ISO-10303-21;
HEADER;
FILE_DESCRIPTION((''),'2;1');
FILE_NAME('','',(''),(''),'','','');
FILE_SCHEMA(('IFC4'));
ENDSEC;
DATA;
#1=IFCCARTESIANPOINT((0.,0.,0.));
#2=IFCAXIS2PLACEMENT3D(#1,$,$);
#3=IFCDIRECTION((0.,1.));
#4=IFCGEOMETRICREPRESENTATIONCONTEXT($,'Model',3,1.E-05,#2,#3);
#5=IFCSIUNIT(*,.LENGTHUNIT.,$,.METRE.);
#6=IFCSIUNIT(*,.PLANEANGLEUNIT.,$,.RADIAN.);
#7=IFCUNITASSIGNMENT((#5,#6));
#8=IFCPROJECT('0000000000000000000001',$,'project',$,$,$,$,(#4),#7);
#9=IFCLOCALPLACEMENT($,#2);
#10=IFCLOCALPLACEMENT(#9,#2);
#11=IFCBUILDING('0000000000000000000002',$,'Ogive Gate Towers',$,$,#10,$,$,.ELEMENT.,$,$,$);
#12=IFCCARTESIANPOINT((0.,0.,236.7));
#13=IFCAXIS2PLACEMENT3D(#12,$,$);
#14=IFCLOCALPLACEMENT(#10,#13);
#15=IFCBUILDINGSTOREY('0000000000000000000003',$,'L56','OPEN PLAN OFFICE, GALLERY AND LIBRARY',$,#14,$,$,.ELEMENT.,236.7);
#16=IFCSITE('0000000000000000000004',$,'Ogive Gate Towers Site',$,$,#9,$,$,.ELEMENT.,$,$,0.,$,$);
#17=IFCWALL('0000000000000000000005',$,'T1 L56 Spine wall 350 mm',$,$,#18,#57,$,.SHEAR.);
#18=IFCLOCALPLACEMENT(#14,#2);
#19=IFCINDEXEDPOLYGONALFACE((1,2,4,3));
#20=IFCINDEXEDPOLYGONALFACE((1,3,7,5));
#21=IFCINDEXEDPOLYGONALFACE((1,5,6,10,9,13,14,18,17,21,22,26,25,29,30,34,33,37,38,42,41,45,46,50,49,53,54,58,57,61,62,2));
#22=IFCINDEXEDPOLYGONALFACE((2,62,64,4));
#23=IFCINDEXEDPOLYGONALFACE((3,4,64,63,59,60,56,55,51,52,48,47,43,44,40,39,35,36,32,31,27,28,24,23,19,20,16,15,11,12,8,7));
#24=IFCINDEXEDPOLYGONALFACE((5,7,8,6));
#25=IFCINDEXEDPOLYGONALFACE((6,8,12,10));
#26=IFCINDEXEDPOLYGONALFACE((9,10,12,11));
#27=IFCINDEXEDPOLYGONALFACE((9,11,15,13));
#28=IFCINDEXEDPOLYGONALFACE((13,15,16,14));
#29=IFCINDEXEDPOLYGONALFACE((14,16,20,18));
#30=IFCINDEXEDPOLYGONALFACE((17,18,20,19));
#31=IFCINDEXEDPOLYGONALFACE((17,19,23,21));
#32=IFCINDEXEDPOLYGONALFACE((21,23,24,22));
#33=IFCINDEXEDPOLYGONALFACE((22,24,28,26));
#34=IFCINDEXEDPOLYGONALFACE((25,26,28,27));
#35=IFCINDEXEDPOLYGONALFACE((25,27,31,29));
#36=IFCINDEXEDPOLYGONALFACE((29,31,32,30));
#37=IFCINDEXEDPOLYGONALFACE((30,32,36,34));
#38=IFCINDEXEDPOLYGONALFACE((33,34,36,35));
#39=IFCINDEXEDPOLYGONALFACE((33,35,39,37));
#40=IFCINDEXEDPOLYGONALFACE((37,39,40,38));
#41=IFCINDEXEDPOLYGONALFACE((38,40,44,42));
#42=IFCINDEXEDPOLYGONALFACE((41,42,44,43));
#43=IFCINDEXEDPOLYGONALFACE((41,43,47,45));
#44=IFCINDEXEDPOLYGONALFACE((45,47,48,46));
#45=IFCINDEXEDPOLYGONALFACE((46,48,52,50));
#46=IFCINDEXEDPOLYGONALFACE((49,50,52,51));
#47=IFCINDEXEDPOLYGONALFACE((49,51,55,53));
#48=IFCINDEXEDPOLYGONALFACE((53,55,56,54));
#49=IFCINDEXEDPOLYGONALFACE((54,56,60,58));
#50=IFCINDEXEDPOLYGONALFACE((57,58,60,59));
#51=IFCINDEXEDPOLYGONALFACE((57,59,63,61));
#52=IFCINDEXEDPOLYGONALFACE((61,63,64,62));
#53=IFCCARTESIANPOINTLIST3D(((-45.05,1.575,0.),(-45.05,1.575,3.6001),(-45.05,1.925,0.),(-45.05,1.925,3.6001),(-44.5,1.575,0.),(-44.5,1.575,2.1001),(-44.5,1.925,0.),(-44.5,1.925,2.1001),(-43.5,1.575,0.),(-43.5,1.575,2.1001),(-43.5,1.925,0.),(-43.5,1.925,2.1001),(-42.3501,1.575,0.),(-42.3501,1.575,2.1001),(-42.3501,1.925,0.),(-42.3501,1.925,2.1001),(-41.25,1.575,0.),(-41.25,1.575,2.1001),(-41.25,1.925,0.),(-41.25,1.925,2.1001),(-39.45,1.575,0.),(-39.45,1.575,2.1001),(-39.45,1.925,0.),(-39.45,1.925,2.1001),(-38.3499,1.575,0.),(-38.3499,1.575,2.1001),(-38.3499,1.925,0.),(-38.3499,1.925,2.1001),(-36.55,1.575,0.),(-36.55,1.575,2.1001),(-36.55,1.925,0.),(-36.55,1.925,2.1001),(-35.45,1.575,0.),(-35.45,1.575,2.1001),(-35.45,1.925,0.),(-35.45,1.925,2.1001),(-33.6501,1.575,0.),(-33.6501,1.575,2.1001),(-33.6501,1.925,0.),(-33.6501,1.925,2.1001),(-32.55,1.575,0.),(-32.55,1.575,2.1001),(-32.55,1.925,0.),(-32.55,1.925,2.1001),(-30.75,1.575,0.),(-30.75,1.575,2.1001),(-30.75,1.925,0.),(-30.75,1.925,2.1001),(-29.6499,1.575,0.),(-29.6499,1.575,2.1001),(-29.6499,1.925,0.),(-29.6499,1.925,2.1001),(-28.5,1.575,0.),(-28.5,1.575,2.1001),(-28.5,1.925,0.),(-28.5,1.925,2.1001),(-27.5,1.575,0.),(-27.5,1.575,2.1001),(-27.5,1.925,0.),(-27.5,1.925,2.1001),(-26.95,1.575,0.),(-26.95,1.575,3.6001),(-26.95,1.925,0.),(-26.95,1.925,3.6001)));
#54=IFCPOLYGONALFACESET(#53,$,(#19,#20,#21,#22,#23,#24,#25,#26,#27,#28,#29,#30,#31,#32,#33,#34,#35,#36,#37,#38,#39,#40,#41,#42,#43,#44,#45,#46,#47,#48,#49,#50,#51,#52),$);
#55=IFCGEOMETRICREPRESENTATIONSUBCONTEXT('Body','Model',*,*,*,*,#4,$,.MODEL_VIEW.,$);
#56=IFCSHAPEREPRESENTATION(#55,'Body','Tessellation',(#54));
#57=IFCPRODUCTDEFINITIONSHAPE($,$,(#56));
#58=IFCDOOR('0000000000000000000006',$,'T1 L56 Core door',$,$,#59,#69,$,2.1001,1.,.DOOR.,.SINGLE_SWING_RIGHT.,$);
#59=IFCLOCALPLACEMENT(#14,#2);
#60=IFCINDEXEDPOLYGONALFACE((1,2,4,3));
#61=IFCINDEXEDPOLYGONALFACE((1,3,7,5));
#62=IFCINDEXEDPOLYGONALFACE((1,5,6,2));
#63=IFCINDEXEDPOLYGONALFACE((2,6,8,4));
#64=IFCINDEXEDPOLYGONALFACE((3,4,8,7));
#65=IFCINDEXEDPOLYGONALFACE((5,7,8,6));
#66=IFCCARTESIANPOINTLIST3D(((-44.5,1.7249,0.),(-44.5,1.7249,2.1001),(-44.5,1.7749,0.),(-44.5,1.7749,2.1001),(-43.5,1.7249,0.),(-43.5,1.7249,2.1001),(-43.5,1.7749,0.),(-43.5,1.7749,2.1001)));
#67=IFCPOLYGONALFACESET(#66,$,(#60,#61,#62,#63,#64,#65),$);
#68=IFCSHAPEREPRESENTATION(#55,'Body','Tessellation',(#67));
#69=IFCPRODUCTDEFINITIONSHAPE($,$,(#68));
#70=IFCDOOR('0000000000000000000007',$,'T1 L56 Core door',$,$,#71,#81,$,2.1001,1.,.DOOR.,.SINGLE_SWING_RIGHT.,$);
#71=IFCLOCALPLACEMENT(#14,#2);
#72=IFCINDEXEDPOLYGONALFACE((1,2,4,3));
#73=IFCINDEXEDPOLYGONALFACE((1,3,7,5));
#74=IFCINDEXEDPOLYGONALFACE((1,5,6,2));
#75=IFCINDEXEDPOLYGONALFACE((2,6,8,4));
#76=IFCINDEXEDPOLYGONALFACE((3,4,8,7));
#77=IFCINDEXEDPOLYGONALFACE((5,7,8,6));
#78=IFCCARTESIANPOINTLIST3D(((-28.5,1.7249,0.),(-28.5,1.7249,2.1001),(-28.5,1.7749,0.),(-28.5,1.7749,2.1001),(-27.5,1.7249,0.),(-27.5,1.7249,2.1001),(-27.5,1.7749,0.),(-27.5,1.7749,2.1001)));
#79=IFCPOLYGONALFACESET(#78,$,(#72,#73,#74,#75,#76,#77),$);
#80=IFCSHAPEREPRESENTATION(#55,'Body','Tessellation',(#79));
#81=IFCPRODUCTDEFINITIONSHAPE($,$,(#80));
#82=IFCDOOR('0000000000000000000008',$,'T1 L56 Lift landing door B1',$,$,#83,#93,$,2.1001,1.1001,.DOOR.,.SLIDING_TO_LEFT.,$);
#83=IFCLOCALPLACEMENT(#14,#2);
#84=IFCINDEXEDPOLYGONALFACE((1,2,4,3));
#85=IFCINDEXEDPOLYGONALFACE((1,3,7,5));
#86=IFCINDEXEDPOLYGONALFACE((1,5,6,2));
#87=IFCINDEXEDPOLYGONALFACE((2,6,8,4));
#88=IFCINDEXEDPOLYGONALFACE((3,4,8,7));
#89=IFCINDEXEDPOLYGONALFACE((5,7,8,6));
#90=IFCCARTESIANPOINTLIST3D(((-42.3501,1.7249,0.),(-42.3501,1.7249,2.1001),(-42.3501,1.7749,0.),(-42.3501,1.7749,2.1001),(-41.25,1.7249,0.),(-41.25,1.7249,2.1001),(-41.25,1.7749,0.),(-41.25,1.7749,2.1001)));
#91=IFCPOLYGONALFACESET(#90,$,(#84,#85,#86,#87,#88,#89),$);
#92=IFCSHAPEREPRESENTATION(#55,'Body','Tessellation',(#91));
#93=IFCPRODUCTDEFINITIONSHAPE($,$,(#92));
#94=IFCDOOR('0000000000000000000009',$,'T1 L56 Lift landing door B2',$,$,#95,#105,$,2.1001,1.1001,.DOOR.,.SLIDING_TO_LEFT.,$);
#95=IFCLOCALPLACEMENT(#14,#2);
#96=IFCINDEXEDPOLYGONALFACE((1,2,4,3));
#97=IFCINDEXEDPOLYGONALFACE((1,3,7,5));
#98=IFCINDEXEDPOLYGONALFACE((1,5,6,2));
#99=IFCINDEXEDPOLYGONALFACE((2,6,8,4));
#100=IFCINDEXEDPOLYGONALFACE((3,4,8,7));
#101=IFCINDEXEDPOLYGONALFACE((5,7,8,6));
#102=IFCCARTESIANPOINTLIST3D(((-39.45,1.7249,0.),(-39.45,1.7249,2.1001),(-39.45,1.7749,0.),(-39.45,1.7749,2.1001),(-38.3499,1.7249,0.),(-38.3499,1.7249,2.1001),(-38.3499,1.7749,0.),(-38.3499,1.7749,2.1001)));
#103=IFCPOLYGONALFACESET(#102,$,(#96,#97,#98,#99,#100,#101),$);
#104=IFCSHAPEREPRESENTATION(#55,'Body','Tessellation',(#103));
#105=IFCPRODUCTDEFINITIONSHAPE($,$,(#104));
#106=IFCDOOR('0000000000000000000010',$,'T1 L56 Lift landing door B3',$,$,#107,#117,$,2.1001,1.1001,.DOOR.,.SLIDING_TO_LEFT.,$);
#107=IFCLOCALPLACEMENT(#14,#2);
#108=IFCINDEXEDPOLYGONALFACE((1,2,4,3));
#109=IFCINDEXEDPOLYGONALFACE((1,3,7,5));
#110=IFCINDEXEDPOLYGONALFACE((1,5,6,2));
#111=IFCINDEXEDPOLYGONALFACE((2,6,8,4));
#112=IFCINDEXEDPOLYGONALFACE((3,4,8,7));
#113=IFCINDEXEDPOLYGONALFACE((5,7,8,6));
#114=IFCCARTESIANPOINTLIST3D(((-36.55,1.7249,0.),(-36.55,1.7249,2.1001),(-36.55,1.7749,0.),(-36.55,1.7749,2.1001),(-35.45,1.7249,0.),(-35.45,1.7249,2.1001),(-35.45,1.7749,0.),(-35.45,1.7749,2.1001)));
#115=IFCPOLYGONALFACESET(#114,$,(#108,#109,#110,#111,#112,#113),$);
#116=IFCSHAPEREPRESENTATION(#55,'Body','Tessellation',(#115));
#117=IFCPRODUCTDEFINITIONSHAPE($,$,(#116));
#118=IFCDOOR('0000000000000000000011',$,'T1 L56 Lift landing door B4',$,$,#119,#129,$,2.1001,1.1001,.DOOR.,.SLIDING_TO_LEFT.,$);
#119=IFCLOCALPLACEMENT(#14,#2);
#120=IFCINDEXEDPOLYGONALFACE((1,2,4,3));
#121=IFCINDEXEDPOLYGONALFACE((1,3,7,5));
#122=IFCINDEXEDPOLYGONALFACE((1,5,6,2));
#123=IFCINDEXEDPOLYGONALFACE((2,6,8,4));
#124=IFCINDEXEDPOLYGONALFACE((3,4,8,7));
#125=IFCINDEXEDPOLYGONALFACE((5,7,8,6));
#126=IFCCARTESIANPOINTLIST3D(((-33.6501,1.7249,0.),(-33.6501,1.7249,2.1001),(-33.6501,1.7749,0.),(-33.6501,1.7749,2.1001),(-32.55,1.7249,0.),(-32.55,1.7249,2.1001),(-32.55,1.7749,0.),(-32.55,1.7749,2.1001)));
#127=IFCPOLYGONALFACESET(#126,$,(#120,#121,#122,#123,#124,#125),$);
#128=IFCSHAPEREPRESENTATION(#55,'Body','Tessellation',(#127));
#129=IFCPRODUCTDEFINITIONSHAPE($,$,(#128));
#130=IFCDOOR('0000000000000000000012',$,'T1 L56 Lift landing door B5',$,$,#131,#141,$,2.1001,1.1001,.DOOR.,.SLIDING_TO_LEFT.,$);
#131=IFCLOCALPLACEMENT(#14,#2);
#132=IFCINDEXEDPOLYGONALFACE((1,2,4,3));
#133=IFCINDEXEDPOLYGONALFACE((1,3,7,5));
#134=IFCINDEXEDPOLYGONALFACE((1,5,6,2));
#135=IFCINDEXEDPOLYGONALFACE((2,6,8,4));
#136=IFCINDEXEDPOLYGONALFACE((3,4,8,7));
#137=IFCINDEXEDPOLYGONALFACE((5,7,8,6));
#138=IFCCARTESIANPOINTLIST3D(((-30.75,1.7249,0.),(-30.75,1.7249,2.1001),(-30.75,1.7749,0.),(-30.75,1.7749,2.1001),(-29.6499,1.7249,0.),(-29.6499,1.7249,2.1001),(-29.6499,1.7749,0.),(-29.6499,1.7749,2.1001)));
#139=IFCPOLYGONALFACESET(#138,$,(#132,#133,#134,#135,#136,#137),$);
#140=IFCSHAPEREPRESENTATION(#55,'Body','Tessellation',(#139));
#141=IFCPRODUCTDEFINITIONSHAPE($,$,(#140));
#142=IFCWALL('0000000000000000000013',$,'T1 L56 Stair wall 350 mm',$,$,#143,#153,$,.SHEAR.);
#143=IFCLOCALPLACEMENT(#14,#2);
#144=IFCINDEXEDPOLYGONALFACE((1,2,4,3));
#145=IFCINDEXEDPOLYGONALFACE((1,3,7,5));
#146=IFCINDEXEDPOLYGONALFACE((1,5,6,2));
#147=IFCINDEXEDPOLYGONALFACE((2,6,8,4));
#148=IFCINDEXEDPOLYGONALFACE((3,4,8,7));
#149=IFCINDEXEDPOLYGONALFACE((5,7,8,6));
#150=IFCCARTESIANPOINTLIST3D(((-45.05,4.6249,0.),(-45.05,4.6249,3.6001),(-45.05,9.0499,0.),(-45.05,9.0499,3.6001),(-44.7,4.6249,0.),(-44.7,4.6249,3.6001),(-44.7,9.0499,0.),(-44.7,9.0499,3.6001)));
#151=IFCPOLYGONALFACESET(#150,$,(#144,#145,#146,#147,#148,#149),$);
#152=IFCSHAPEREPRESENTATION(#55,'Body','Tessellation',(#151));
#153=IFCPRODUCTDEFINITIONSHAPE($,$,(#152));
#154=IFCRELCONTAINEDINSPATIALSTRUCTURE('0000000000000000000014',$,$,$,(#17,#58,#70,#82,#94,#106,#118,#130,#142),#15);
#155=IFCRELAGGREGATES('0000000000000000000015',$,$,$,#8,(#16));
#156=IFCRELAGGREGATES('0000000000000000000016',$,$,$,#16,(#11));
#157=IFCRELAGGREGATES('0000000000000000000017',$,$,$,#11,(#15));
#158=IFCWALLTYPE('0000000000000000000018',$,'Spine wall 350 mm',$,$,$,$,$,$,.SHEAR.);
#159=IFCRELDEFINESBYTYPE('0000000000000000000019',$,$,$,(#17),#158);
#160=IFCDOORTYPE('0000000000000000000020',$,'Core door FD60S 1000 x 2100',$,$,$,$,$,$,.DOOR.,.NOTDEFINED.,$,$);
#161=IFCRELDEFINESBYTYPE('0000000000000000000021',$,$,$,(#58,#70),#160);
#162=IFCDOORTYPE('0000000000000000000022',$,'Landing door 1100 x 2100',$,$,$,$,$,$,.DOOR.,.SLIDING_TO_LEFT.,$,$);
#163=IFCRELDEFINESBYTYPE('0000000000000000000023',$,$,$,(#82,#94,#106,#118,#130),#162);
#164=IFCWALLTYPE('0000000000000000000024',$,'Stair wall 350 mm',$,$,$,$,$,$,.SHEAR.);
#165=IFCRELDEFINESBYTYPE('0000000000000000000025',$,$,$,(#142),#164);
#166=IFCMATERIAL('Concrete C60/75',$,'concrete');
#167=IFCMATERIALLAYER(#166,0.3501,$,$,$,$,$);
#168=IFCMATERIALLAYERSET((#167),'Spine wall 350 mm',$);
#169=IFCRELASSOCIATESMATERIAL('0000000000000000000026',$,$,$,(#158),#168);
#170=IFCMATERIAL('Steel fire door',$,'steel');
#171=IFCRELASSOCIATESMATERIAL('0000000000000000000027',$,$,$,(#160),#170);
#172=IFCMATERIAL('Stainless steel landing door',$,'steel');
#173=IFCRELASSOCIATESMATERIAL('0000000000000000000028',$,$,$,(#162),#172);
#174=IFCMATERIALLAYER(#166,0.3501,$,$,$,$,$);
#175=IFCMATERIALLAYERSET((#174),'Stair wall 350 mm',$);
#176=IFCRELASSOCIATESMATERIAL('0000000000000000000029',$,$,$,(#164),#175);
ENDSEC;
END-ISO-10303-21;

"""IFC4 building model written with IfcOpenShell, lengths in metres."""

from ifc_helpers import new_model, si_unit, direction, frame, frame_2d, origin, place, context, subcontext, project, spatial, rectangle, extrude, material, layer, layer_set, type_object, element, fill, save


model = new_model("IFC4")

# Units and contexts
model_context = context("Model", 3, precision=1e-05, world=origin(), true_north=direction((0.0, 1.0)))
body_context = subcontext(model_context, "Body", "Model", "MODEL_VIEW")
ifc_project = project(units=[si_unit("LENGTHUNIT", "METRE"), si_unit("PLANEANGLEUNIT", "RADIAN")], contexts=[model_context])

# Site, building, storey
site_placement = place(None, origin())
site = spatial("IfcSite", under=ifc_project, at=site_placement, Name="Ogive Gate Towers Site", CompositionType="ELEMENT", RefElevation=0.0)
building_placement = place(site_placement, origin())
building = spatial("IfcBuilding", under=site, at=building_placement, Name="Ogive Gate Towers", CompositionType="ELEMENT")
storey_placement = place(building_placement, frame((0.0, 0.0, 236.7)))
storey = spatial("IfcBuildingStorey", under=building, at=storey_placement, Name="L56", Description="OPEN PLAN OFFICE, GALLERY AND LIBRARY", CompositionType="ELEMENT", Elevation=236.7)

# Shared definitions
ifc_material_1 = material(Name="Concrete C60/75", Category="concrete")

# Shared definitions
ifc_material_2 = material(Name="Steel fire door", Category="steel")

# Wall, openings, doors
ifc_layer_1 = layer(ifc_material_1, 0.3501)
ifc_layer_set_1 = layer_set([ifc_layer_1], Name="Spine wall 350 mm")
wall_type_1 = type_object("IfcWallType", Name="Spine wall 350 mm", PredefinedType="SHEAR", material=ifc_layer_set_1)
wall_1_placement = place(storey_placement, frame((-45.05, 1.75, 0.0), z_axis=(0.0, 0.0, 1.0), x_axis=(1.0, 0.0, 0.0)))
wall_1 = element("IfcWall", 1, at=wall_1_placement, inside=storey, type_object=wall_type_1, Name="T1 L56 Spine wall 350 mm", PredefinedType="SHEAR", context=body_context, shape_type="SweptSolid", body=[
    extrude(rectangle(XDim=18.1001, YDim=0.3501, at=frame_2d((9.05, 0.0))), origin(), (0.0, 0.0, 1.0), 3.6001),
])
opening_1_placement = place(wall_1_placement, frame((0.55, 0.0, 0.0)))
opening_1 = element("IfcOpeningElement", 2, at=opening_1_placement, cuts=wall_1, PredefinedType="OPENING", context=body_context, shape_type="SweptSolid", body=[
    extrude(rectangle(XDim=1.0, YDim=2.1001, at=frame_2d((0.5, 1.05))), frame((0.0, 0.1851, 0.0), z_axis=(0.0, -1.0, 0.0), x_axis=(1.0, 0.0, 0.0)), (0.0, 0.0, 1.0), 0.3701),
])
opening_2_placement = place(wall_1_placement, frame((2.7, 0.0, 0.0)))
opening_2 = element("IfcOpeningElement", 3, at=opening_2_placement, cuts=wall_1, PredefinedType="OPENING", context=body_context, shape_type="SweptSolid", body=[
    extrude(rectangle(XDim=1.1001, YDim=2.1001, at=frame_2d((0.55, 1.05))), frame((0.0, 0.1851, 0.0), z_axis=(0.0, -1.0, 0.0), x_axis=(1.0, 0.0, 0.0)), (0.0, 0.0, 1.0), 0.3701),
])
opening_3_placement = place(wall_1_placement, frame((5.6001, 0.0, 0.0)))
opening_3 = element("IfcOpeningElement", 4, at=opening_3_placement, cuts=wall_1, PredefinedType="OPENING", context=body_context, shape_type="SweptSolid", body=[
    extrude(rectangle(XDim=1.1001, YDim=2.1001, at=frame_2d((0.55, 1.05))), frame((0.0, 0.1851, 0.0), z_axis=(0.0, -1.0, 0.0), x_axis=(1.0, 0.0, 0.0)), (0.0, 0.0, 1.0), 0.3701),
])
opening_4_placement = place(wall_1_placement, frame((8.5, 0.0, 0.0)))
opening_4 = element("IfcOpeningElement", 5, at=opening_4_placement, cuts=wall_1, PredefinedType="OPENING", context=body_context, shape_type="SweptSolid", body=[
    extrude(rectangle(XDim=1.1001, YDim=2.1001, at=frame_2d((0.55, 1.05))), frame((0.0, 0.1851, 0.0), z_axis=(0.0, -1.0, 0.0), x_axis=(1.0, 0.0, 0.0)), (0.0, 0.0, 1.0), 0.3701),
])
opening_5_placement = place(wall_1_placement, frame((11.3999, 0.0, 0.0)))
opening_5 = element("IfcOpeningElement", 6, at=opening_5_placement, cuts=wall_1, PredefinedType="OPENING", context=body_context, shape_type="SweptSolid", body=[
    extrude(rectangle(XDim=1.1001, YDim=2.1001, at=frame_2d((0.55, 1.05))), frame((0.0, 0.1851, 0.0), z_axis=(0.0, -1.0, 0.0), x_axis=(1.0, 0.0, 0.0)), (0.0, 0.0, 1.0), 0.3701),
])
opening_6_placement = place(wall_1_placement, frame((14.3, 0.0, 0.0)))
opening_6 = element("IfcOpeningElement", 7, at=opening_6_placement, cuts=wall_1, PredefinedType="OPENING", context=body_context, shape_type="SweptSolid", body=[
    extrude(rectangle(XDim=1.1001, YDim=2.1001, at=frame_2d((0.55, 1.05))), frame((0.0, 0.1851, 0.0), z_axis=(0.0, -1.0, 0.0), x_axis=(1.0, 0.0, 0.0)), (0.0, 0.0, 1.0), 0.3701),
])
opening_7_placement = place(wall_1_placement, frame((16.55, 0.0, 0.0)))
opening_7 = element("IfcOpeningElement", 8, at=opening_7_placement, cuts=wall_1, PredefinedType="OPENING", context=body_context, shape_type="SweptSolid", body=[
    extrude(rectangle(XDim=1.0, YDim=2.1001, at=frame_2d((0.5, 1.05))), frame((0.0, 0.1851, 0.0), z_axis=(0.0, -1.0, 0.0), x_axis=(1.0, 0.0, 0.0)), (0.0, 0.0, 1.0), 0.3701),
])
door_type_1 = type_object("IfcDoorType", Name="Core door FD60S 1000 x 2100", OperationType="NOTDEFINED", PredefinedType="DOOR", material=ifc_material_2)
door_1_placement = place(opening_1_placement, origin())
door_1 = element("IfcDoor", 9, at=door_1_placement, inside=storey, type_object=door_type_1, Name="T1 L56 Core door", OperationType="SINGLE_SWING_RIGHT", OverallHeight=2.1001, OverallWidth=1.0, PredefinedType="DOOR", context=body_context, shape_type="SweptSolid", body=[
    extrude(rectangle(XDim=1.0, YDim=2.1001, at=frame_2d((0.5, 1.05))), frame((0.0, 0.0249, 0.0), z_axis=(0.0, -1.0, 0.0), x_axis=(1.0, 0.0, 0.0)), (0.0, 0.0, 1.0), 0.05),
])
fill(opening_1, door_1)
door_2_placement = place(opening_7_placement, origin())
door_2 = element("IfcDoor", 10, at=door_2_placement, inside=storey, type_object=door_type_1, Name="T1 L56 Core door", OperationType="SINGLE_SWING_RIGHT", OverallHeight=2.1001, OverallWidth=1.0, PredefinedType="DOOR", context=body_context, shape_type="SweptSolid", body=[
    extrude(rectangle(XDim=1.0, YDim=2.1001, at=frame_2d((0.5, 1.05))), frame((0.0, 0.0249, 0.0), z_axis=(0.0, -1.0, 0.0), x_axis=(1.0, 0.0, 0.0)), (0.0, 0.0, 1.0), 0.05),
])
fill(opening_7, door_2)
ifc_material_3 = material(Name="Stainless steel landing door", Category="steel")
door_type_2 = type_object("IfcDoorType", Name="Landing door 1100 x 2100", OperationType="SLIDING_TO_LEFT", PredefinedType="DOOR", material=ifc_material_3)
door_3_placement = place(opening_2_placement, origin())
door_3 = element("IfcDoor", 11, at=door_3_placement, inside=storey, type_object=door_type_2, Name="T1 L56 Lift landing door B1", OperationType="SLIDING_TO_LEFT", OverallHeight=2.1001, OverallWidth=1.1001, PredefinedType="DOOR", context=body_context, shape_type="SweptSolid", body=[
    extrude(rectangle(XDim=1.1001, YDim=2.1001, at=frame_2d((0.55, 1.05))), frame((0.0, 0.0249, 0.0), z_axis=(0.0, -1.0, 0.0), x_axis=(1.0, 0.0, 0.0)), (0.0, 0.0, 1.0), 0.05),
])
fill(opening_2, door_3)
door_4_placement = place(opening_3_placement, origin())
door_4 = element("IfcDoor", 12, at=door_4_placement, inside=storey, type_object=door_type_2, Name="T1 L56 Lift landing door B2", OperationType="SLIDING_TO_LEFT", OverallHeight=2.1001, OverallWidth=1.1001, PredefinedType="DOOR", context=body_context, shape_type="SweptSolid", body=[
    extrude(rectangle(XDim=1.1001, YDim=2.1001, at=frame_2d((0.55, 1.05))), frame((0.0, 0.0249, 0.0), z_axis=(0.0, -1.0, 0.0), x_axis=(1.0, 0.0, 0.0)), (0.0, 0.0, 1.0), 0.05),
])
fill(opening_3, door_4)
door_5_placement = place(opening_4_placement, origin())
door_5 = element("IfcDoor", 13, at=door_5_placement, inside=storey, type_object=door_type_2, Name="T1 L56 Lift landing door B3", OperationType="SLIDING_TO_LEFT", OverallHeight=2.1001, OverallWidth=1.1001, PredefinedType="DOOR", context=body_context, shape_type="SweptSolid", body=[
    extrude(rectangle(XDim=1.1001, YDim=2.1001, at=frame_2d((0.55, 1.05))), frame((0.0, 0.0249, 0.0), z_axis=(0.0, -1.0, 0.0), x_axis=(1.0, 0.0, 0.0)), (0.0, 0.0, 1.0), 0.05),
])
fill(opening_4, door_5)
door_6_placement = place(opening_5_placement, origin())
door_6 = element("IfcDoor", 14, at=door_6_placement, inside=storey, type_object=door_type_2, Name="T1 L56 Lift landing door B4", OperationType="SLIDING_TO_LEFT", OverallHeight=2.1001, OverallWidth=1.1001, PredefinedType="DOOR", context=body_context, shape_type="SweptSolid", body=[
    extrude(rectangle(XDim=1.1001, YDim=2.1001, at=frame_2d((0.55, 1.05))), frame((0.0, 0.0249, 0.0), z_axis=(0.0, -1.0, 0.0), x_axis=(1.0, 0.0, 0.0)), (0.0, 0.0, 1.0), 0.05),
])
fill(opening_5, door_6)
door_7_placement = place(opening_6_placement, origin())
door_7 = element("IfcDoor", 15, at=door_7_placement, inside=storey, type_object=door_type_2, Name="T1 L56 Lift landing door B5", OperationType="SLIDING_TO_LEFT", OverallHeight=2.1001, OverallWidth=1.1001, PredefinedType="DOOR", context=body_context, shape_type="SweptSolid", body=[
    extrude(rectangle(XDim=1.1001, YDim=2.1001, at=frame_2d((0.55, 1.05))), frame((0.0, 0.0249, 0.0), z_axis=(0.0, -1.0, 0.0), x_axis=(1.0, 0.0, 0.0)), (0.0, 0.0, 1.0), 0.05),
])
fill(opening_6, door_7)

# Wall
ifc_layer_2 = layer(ifc_material_1, 0.3501)
ifc_layer_set_2 = layer_set([ifc_layer_2], Name="Stair wall 350 mm")
wall_type_2 = type_object("IfcWallType", Name="Stair wall 350 mm", PredefinedType="SHEAR", material=ifc_layer_set_2)
wall_2_placement = place(storey_placement, frame((-44.875, 4.625, 0.0), z_axis=(0.0, 0.0, 1.0), x_axis=(0.0, 1.0, 0.0)))
element("IfcWall", 16, at=wall_2_placement, inside=storey, type_object=wall_type_2, Name="T1 L56 Stair wall 350 mm", PredefinedType="SHEAR", context=body_context, shape_type="SweptSolid", body=[
    extrude(rectangle(XDim=4.425, YDim=0.3501, at=frame_2d((2.2124, 0.0))), origin(), (0.0, 0.0, 1.0), 3.6001),
])

save(model, "model.ifc")
